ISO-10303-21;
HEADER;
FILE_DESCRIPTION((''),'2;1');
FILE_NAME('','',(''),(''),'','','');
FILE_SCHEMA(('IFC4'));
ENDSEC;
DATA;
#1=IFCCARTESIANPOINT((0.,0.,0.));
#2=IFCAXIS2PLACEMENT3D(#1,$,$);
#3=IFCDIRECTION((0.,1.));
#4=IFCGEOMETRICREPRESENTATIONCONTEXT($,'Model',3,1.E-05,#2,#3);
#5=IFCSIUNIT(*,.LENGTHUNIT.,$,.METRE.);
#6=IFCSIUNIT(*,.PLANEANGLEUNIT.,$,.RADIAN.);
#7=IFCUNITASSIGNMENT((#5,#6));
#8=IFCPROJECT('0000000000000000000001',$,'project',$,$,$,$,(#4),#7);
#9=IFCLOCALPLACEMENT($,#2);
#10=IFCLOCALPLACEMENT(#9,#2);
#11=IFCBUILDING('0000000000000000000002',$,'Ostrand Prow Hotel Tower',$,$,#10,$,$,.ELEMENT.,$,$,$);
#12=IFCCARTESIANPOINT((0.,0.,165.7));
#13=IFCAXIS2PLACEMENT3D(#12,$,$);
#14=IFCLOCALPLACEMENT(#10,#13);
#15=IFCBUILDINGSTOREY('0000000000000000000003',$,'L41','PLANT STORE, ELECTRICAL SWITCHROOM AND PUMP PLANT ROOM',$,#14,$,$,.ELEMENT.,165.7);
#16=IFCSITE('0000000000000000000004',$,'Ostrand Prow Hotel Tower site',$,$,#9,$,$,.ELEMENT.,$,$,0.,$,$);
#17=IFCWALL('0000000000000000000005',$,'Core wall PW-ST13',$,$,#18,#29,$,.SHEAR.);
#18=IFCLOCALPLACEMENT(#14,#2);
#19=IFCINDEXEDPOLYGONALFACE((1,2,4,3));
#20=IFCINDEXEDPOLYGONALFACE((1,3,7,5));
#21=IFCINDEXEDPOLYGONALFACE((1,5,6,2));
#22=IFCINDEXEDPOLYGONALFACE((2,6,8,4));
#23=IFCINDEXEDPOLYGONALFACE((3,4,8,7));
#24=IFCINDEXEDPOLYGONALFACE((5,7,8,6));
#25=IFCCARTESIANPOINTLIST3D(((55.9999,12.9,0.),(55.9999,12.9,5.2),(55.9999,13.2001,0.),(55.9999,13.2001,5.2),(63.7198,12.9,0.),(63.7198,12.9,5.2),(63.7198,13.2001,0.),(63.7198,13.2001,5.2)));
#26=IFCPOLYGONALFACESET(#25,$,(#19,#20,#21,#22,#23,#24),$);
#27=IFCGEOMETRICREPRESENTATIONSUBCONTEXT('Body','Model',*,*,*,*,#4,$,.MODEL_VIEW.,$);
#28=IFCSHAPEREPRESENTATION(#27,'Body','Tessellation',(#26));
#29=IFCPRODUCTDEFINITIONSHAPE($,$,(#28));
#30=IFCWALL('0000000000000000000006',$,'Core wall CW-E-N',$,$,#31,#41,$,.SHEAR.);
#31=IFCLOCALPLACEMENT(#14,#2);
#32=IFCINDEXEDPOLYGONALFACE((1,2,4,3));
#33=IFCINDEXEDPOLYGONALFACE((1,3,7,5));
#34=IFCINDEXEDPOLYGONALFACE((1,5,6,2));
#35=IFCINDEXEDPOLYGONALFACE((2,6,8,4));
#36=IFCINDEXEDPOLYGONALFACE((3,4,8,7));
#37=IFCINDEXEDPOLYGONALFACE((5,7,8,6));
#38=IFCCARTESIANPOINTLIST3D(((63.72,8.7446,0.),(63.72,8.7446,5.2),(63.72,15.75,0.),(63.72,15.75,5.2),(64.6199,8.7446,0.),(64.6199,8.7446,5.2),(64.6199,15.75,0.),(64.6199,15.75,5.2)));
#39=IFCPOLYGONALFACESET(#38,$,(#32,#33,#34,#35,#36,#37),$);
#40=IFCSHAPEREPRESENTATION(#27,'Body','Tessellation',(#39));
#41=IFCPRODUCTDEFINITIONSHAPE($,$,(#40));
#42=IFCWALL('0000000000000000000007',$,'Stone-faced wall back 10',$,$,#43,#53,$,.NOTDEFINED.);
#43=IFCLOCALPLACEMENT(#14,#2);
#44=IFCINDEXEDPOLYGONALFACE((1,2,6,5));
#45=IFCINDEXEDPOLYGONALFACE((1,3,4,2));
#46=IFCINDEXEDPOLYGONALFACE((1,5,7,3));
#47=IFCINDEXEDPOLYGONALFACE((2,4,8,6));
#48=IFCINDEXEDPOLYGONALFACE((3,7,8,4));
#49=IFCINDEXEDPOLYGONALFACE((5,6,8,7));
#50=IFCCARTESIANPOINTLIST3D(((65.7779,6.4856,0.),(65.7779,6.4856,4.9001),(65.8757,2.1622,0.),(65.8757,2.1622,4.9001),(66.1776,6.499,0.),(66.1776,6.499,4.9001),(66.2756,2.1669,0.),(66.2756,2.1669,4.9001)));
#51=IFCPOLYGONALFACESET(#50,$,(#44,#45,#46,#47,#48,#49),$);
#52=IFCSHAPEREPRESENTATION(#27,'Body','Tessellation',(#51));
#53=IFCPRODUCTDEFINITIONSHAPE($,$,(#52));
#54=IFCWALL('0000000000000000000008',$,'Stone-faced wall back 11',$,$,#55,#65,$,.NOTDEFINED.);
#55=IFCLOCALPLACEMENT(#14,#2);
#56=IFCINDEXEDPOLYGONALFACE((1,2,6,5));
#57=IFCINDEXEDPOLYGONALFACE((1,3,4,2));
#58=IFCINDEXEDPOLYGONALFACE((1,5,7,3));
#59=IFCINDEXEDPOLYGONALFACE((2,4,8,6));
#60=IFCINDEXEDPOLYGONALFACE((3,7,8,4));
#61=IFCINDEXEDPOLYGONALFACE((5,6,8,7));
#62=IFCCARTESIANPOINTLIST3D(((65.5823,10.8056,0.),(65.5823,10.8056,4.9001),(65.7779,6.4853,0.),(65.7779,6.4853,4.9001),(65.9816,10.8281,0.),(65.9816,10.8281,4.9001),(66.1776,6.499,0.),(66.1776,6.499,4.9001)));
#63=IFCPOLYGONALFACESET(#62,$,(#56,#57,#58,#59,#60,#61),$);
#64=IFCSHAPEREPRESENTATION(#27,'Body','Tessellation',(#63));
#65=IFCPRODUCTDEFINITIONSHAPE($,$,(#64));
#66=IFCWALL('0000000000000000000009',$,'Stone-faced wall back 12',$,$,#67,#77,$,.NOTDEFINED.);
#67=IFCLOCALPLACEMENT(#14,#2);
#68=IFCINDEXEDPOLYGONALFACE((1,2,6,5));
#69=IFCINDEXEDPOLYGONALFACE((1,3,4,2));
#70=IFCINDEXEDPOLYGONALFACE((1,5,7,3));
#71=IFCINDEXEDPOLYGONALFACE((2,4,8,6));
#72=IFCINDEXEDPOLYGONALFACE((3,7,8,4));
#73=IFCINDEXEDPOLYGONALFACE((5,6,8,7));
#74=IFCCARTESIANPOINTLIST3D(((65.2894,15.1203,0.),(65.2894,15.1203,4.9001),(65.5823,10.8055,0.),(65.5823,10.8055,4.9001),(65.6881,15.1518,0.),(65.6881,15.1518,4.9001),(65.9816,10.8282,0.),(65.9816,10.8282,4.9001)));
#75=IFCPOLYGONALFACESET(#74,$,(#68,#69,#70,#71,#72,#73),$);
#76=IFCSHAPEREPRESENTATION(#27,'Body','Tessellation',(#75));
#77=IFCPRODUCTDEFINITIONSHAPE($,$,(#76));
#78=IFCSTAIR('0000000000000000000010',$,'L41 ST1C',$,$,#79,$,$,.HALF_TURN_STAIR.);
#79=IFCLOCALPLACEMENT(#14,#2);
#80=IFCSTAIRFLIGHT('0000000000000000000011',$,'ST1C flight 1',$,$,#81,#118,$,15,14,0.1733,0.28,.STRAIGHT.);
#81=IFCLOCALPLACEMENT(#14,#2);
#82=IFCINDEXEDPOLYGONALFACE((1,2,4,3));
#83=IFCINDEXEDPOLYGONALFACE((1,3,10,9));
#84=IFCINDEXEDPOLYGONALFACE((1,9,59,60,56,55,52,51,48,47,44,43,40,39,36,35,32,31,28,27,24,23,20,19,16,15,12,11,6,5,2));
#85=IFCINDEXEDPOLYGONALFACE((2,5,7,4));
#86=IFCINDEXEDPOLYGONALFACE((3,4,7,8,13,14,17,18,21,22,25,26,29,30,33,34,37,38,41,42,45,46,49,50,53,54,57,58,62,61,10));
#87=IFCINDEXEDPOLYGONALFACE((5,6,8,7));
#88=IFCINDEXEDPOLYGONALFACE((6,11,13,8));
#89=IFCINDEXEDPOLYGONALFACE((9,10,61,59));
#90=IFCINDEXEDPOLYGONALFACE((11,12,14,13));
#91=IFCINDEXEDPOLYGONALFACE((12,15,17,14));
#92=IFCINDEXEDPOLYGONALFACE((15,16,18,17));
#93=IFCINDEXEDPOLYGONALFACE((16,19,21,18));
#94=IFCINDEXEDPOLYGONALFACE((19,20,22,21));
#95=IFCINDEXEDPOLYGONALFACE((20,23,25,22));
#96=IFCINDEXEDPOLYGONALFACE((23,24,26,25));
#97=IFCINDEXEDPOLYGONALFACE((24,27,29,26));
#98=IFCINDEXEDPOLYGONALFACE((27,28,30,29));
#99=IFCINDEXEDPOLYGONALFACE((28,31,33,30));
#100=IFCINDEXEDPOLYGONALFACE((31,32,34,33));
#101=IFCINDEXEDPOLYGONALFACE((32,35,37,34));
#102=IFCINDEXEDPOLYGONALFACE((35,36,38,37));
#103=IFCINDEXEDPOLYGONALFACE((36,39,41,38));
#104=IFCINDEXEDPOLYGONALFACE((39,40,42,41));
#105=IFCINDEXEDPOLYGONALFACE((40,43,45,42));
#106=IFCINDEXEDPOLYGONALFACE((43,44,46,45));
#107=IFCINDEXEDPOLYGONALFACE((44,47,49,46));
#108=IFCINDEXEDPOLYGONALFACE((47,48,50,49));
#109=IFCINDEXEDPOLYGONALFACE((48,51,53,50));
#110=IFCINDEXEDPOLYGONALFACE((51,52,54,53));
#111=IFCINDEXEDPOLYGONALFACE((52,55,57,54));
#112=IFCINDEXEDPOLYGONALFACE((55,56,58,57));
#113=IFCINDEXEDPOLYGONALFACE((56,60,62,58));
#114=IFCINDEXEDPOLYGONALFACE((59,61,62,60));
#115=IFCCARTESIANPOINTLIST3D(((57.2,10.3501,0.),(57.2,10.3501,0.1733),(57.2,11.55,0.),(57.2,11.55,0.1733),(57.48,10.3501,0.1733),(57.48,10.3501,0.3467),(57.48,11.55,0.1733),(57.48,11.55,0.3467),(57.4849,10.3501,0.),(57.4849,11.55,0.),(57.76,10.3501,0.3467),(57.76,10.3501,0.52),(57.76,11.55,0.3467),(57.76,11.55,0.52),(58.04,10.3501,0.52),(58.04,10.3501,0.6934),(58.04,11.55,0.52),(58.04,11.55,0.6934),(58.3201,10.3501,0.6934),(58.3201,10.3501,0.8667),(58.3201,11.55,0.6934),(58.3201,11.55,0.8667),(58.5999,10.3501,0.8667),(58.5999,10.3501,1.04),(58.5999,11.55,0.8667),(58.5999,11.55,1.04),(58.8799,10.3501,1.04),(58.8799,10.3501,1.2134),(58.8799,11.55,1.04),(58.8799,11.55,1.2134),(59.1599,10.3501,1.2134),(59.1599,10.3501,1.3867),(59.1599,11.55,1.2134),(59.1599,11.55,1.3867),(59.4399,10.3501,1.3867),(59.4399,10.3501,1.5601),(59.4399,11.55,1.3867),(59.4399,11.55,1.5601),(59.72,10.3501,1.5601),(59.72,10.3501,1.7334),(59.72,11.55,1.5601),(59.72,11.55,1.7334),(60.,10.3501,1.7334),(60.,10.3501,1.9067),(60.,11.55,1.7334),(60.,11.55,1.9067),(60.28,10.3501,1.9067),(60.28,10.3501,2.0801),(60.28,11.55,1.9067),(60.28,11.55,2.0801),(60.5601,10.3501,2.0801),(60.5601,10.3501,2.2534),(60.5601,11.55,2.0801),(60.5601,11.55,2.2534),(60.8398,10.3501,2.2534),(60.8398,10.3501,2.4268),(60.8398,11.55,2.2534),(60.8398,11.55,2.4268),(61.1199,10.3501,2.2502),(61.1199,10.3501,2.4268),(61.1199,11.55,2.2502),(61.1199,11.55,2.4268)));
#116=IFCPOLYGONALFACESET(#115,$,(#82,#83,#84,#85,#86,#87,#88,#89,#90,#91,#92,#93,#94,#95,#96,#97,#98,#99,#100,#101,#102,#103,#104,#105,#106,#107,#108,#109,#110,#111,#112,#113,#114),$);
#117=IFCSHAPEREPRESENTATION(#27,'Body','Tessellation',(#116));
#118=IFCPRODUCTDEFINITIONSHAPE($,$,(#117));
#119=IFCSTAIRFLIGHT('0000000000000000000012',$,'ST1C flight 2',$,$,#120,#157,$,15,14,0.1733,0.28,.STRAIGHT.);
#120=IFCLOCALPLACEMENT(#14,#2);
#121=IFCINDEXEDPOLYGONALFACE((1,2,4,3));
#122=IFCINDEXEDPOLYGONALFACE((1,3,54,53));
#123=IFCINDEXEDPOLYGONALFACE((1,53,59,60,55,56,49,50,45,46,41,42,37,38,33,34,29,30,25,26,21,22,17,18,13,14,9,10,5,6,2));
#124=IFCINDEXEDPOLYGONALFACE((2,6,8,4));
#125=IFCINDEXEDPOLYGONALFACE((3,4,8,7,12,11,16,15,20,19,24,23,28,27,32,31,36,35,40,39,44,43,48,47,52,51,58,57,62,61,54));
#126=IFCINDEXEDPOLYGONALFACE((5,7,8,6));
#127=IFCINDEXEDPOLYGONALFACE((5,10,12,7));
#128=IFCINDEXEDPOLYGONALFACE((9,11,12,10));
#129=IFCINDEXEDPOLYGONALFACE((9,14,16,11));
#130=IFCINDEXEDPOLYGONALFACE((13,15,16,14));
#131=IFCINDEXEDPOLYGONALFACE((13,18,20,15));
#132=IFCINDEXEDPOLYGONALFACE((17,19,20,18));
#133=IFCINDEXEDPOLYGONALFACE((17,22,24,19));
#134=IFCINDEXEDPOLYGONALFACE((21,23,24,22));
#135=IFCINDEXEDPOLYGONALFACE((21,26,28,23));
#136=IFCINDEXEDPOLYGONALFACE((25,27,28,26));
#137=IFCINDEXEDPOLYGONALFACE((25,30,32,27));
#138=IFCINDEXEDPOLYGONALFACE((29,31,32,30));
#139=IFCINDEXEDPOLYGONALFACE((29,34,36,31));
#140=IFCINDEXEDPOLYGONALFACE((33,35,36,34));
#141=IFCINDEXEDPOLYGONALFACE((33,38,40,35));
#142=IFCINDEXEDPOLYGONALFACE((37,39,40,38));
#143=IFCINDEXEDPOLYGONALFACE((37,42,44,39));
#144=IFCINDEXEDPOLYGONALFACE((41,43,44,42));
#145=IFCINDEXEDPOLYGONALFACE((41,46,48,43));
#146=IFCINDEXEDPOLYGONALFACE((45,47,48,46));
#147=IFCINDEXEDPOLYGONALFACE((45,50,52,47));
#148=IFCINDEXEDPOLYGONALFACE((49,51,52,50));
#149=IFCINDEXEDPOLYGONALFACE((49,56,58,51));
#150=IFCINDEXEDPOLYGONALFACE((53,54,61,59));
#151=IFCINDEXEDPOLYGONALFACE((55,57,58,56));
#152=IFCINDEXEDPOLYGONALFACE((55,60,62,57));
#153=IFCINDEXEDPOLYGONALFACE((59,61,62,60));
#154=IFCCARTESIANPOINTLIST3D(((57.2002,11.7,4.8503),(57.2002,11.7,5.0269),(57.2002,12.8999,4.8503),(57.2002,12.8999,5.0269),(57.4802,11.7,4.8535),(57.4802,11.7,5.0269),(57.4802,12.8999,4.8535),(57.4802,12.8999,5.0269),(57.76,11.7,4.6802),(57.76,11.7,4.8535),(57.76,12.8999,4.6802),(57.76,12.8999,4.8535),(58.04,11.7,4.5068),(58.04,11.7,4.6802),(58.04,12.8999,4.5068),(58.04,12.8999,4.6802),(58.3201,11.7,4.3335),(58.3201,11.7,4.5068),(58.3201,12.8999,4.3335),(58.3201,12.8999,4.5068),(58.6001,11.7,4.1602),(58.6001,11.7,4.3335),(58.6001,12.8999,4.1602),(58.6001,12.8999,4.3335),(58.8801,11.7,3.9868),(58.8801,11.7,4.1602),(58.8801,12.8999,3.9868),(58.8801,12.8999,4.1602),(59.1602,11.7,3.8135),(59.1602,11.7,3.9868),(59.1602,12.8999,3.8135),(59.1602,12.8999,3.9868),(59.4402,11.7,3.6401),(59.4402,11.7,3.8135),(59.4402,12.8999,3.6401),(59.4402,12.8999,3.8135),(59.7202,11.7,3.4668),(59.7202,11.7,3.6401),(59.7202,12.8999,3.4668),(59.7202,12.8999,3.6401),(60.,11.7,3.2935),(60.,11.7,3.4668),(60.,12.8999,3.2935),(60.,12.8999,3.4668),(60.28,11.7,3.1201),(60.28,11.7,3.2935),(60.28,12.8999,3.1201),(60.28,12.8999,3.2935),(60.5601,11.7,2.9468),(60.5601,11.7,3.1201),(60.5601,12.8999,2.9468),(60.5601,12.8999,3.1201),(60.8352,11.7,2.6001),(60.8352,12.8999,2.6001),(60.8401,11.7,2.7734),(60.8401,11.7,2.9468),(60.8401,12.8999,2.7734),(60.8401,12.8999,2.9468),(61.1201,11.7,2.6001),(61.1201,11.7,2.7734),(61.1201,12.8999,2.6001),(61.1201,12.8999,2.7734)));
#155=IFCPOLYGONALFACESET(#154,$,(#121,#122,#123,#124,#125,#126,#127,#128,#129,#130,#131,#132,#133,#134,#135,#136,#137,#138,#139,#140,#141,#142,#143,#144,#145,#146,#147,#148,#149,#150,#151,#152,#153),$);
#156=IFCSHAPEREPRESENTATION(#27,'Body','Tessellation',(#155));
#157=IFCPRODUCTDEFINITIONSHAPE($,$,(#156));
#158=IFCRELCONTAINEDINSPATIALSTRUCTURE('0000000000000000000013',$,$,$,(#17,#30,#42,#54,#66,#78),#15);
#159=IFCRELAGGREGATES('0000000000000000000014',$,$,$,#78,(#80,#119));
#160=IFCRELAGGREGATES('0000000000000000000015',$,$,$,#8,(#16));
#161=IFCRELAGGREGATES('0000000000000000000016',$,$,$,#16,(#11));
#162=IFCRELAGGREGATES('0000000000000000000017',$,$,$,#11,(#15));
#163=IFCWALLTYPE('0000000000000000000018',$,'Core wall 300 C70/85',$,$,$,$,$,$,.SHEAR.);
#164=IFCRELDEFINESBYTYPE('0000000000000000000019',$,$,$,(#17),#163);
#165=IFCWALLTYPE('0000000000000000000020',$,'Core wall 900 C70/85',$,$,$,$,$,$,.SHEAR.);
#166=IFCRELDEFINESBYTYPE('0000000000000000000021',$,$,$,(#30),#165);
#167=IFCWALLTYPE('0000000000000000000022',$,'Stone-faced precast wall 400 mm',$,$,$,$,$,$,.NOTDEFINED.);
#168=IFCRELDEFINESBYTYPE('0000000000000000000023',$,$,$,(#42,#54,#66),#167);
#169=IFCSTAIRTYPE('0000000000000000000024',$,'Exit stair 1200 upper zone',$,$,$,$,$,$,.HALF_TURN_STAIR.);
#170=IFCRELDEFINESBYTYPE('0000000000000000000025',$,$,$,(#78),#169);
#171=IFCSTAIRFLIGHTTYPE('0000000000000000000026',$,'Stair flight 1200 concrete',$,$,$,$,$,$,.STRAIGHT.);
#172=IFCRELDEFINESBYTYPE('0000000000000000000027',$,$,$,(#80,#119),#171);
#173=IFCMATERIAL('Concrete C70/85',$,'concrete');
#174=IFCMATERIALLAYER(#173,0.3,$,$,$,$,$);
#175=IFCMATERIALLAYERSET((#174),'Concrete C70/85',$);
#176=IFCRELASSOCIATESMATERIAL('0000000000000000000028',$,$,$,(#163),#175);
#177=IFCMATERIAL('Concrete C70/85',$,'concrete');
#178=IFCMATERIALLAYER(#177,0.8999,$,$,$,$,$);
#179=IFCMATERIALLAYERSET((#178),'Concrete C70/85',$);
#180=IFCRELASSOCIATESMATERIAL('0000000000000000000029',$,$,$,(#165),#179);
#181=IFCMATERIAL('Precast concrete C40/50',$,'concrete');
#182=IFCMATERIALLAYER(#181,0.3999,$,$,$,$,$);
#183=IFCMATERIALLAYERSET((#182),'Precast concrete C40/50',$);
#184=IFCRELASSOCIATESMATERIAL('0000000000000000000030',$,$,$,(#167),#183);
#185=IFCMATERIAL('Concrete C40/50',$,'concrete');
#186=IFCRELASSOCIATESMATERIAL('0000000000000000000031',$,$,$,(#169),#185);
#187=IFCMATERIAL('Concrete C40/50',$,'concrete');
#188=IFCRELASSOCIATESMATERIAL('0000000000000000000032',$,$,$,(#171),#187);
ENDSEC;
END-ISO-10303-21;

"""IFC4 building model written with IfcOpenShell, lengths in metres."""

from ifc_helpers import new_model, si_unit, direction, frame, frame_2d, origin, place, context, subcontext, project, spatial, polyline, rectangle, outline, extrude, material, layer, layer_set, type_object, element, aggregate, save


model = new_model("IFC4")

# Units and contexts
model_context = context("Model", 3, precision=1e-05, world=origin(), true_north=direction((0.0, 1.0)))
body_context = subcontext(model_context, "Body", "Model", "MODEL_VIEW")
ifc_project = project(units=[si_unit("LENGTHUNIT", "METRE"), si_unit("PLANEANGLEUNIT", "RADIAN")], contexts=[model_context])

# Site, building, storey
site_placement = place(None, origin())
site = spatial("IfcSite", under=ifc_project, at=site_placement, Name="Ostrand Prow Hotel Tower site", CompositionType="ELEMENT", RefElevation=0.0)
building_placement = place(site_placement, origin())
building = spatial("IfcBuilding", under=site, at=building_placement, Name="Ostrand Prow Hotel Tower", CompositionType="ELEMENT")
storey_placement = place(building_placement, frame((0.0, 0.0, 165.7)))
storey = spatial("IfcBuildingStorey", under=building, at=storey_placement, Name="L41", Description="PLANT STORE, ELECTRICAL SWITCHROOM AND PUMP PLANT ROOM", CompositionType="ELEMENT", Elevation=165.7)

# Shared definitions
ifc_material_1 = material(Name="Concrete C70/85", Category="concrete")
ifc_layer_1 = layer(ifc_material_1, 0.3)
ifc_layer_set_1 = layer_set([ifc_layer_1], Name="Concrete C70/85")
wall_type_1 = type_object("IfcWallType", Name="Core wall 300 C70/85", PredefinedType="SHEAR", material=ifc_layer_set_1)

# Walls
wall_1_placement = place(storey_placement, frame((56.0, 13.05, 0.0), z_axis=(0.0, 0.0, 1.0), x_axis=(1.0, 0.0, 0.0)))
element("IfcWall", 1, at=wall_1_placement, inside=storey, type_object=wall_type_1, Name="Core wall PW-ST13", PredefinedType="SHEAR", context=body_context, shape_type="SweptSolid", body=[
    extrude(rectangle(XDim=7.72, YDim=0.3, at=frame_2d((3.8599, 0.0))), origin(), (0.0, 0.0, 1.0), 5.2),
])
ifc_material_2 = material(Name="Concrete C70/85", Category="concrete")
ifc_layer_2 = layer(ifc_material_2, 0.8999)
ifc_layer_set_2 = layer_set([ifc_layer_2], Name="Concrete C70/85")
wall_type_2 = type_object("IfcWallType", Name="Core wall 900 C70/85", PredefinedType="SHEAR", material=ifc_layer_set_2)
wall_2_placement = place(storey_placement, frame((64.1699, 8.7446, 0.0), z_axis=(0.0, 0.0, 1.0), x_axis=(0.0, 1.0, 0.0)))
element("IfcWall", 2, at=wall_2_placement, inside=storey, type_object=wall_type_2, Name="Core wall CW-E-N", PredefinedType="SHEAR", context=body_context, shape_type="SweptSolid", body=[
    extrude(rectangle(XDim=7.0054, YDim=0.8999, at=frame_2d((3.5027, 0.0))), origin(), (0.0, 0.0, 1.0), 5.2),
])
ifc_material_3 = material(Name="Precast concrete C40/50", Category="concrete")
ifc_layer_3 = layer(ifc_material_3, 0.3999)
ifc_layer_set_3 = layer_set([ifc_layer_3], Name="Precast concrete C40/50")
wall_type_3 = type_object("IfcWallType", Name="Stone-faced precast wall 400 mm", PredefinedType="NOTDEFINED", material=ifc_layer_set_3)
wall_3_placement = place(storey_placement, frame((66.0757, 2.1646, 0.0), z_axis=(0.0, 0.0, 1.0), x_axis=(-0.022616, 0.999744, 0.0)))
element("IfcWall", 3, at=wall_3_placement, inside=storey, type_object=wall_type_3, Name="Stone-faced wall back 10", PredefinedType="NOTDEFINED", context=body_context, shape_type="SweptSolid", body=[
    extrude(outline(polyline([(-0.0022, -0.2), (4.3311, -0.2), (4.3267, 0.2), (0.0022, 0.2), (-0.0022, -0.2)])), origin(), (0.0, 0.0, 1.0), 4.9001),
])
for number, where, z_axis, x_axis, name in (
    (4, (65.9778, 6.4922, 0.0), (0.0, 0.0, 1.0), (-0.045229, 0.998977, 0.0), "Stone-faced wall back 11"),
    (5, (65.782, 10.8169, 0.0), (0.0, 0.0, 1.0), (-0.067732, 0.997704, 0.0), "Stone-faced wall back 12"),
):
    element("IfcWall", number, at=place(storey_placement, frame(where, z_axis=z_axis, x_axis=x_axis)), inside=storey, type_object=wall_type_3, Name=name, PredefinedType="NOTDEFINED", context=body_context, shape_type="SweptSolid", body=[
        extrude(outline(polyline([(-0.0022, -0.2), (4.3313, -0.2), (4.3269, 0.2), (0.0022, 0.2), (-0.0022, -0.2)])), origin(), (0.0, 0.0, 1.0), 4.9001),
    ])

# Stair, stair flights
ifc_material_4 = material(Name="Concrete C40/50", Category="concrete")
stair_type = type_object("IfcStairType", Name="Exit stair 1200 upper zone", PredefinedType="HALF_TURN_STAIR", material=ifc_material_4)
stair_1_placement = place(storey_placement, origin())
stair_1 = element("IfcStair", 6, at=stair_1_placement, inside=storey, type_object=stair_type, Name="L41 ST1C", PredefinedType="HALF_TURN_STAIR")
ifc_material_5 = material(Name="Concrete C40/50", Category="concrete")
stair_flight_type = type_object("IfcStairFlightType", Name="Stair flight 1200 concrete", PredefinedType="STRAIGHT", material=ifc_material_5)
stair_flight_1_placement = place(storey_placement, frame((57.2, 10.95, 0.0), z_axis=(0.0, 0.0, 1.0), x_axis=(1.0, 0.0, 0.0)))
stair_flight_1 = element("IfcStairFlight", 7, at=stair_flight_1_placement, type_object=stair_flight_type, Name="ST1C flight 1", NumberOfRisers=15, NumberOfTreads=14, PredefinedType="STRAIGHT", RiserHeight=0.1733, TreadLength=0.28, context=body_context, shape_type="SweptSolid", body=[
    extrude(outline(polyline([(0.0, 0.0), (0.0, 0.1733), (0.28, 0.1733), (0.28, 0.3467), (0.5601, 0.3467), (0.5601, 0.52), (0.8401, 0.52), (0.8401, 0.6934), (1.1201, 0.6934), (1.1201, 0.8667), (1.3999, 0.8667), (1.3999, 1.04), (1.6799, 1.04), (1.6799, 1.2134), (1.96, 1.2134), (1.96, 1.3867), (2.24, 1.3867), (2.24, 1.5601), (2.52, 1.5601), (2.52, 1.7334), (2.8, 1.7334), (2.8, 1.9067), (3.0801, 1.9067), (3.0801, 2.0801), (3.3601, 2.0801), (3.3601, 2.2534), (3.6399, 2.2534), (3.6399, 2.4268), (3.9199, 2.4268), (3.9199, 2.6001), (3.9199, 2.2502), (0.2849, 0.0), (0.0, 0.0)])), frame((0.0, 0.6001, 0.0), z_axis=(0.0, -1.0, 0.0), x_axis=(1.0, 0.0, 0.0)), (0.0, 0.0, 1.0), 1.2),
])
stair_flight_2_placement = place(storey_placement, frame((61.1201, 12.3, 2.6001), z_axis=(0.0, 0.0, 1.0), x_axis=(-1.0, 0.0, 0.0)))
stair_flight_2 = element("IfcStairFlight", 8, at=stair_flight_2_placement, type_object=stair_flight_type, Name="ST1C flight 2", NumberOfRisers=15, NumberOfTreads=14, PredefinedType="STRAIGHT", RiserHeight=0.1733, TreadLength=0.28, context=body_context, shape_type="SweptSolid", body=[
    extrude(outline(polyline([(0.0, 0.0), (0.0, 0.1733), (0.28, 0.1733), (0.28, 0.3467), (0.5601, 0.3467), (0.5601, 0.52), (0.8401, 0.52), (0.8401, 0.6934), (1.1201, 0.6934), (1.1201, 0.8667), (1.3999, 0.8667), (1.3999, 1.04), (1.6799, 1.04), (1.6799, 1.2134), (1.96, 1.2134), (1.96, 1.3867), (2.24, 1.3867), (2.24, 1.5601), (2.52, 1.5601), (2.52, 1.7334), (2.8, 1.7334), (2.8, 1.9067), (3.0801, 1.9067), (3.0801, 2.0801), (3.3601, 2.0801), (3.3601, 2.2534), (3.6399, 2.2534), (3.6399, 2.4268), (3.9199, 2.4268), (3.9199, 2.6001), (3.9199, 2.2502), (0.2849, 0.0), (0.0, 0.0)])), frame((0.0, 0.6001, 0.0), z_axis=(0.0, -1.0, 0.0), x_axis=(1.0, 0.0, 0.0)), (0.0, 0.0, 1.0), 1.2),
])
aggregate(stair_1, [stair_flight_1, stair_flight_2])

save(model, "model.ifc")
